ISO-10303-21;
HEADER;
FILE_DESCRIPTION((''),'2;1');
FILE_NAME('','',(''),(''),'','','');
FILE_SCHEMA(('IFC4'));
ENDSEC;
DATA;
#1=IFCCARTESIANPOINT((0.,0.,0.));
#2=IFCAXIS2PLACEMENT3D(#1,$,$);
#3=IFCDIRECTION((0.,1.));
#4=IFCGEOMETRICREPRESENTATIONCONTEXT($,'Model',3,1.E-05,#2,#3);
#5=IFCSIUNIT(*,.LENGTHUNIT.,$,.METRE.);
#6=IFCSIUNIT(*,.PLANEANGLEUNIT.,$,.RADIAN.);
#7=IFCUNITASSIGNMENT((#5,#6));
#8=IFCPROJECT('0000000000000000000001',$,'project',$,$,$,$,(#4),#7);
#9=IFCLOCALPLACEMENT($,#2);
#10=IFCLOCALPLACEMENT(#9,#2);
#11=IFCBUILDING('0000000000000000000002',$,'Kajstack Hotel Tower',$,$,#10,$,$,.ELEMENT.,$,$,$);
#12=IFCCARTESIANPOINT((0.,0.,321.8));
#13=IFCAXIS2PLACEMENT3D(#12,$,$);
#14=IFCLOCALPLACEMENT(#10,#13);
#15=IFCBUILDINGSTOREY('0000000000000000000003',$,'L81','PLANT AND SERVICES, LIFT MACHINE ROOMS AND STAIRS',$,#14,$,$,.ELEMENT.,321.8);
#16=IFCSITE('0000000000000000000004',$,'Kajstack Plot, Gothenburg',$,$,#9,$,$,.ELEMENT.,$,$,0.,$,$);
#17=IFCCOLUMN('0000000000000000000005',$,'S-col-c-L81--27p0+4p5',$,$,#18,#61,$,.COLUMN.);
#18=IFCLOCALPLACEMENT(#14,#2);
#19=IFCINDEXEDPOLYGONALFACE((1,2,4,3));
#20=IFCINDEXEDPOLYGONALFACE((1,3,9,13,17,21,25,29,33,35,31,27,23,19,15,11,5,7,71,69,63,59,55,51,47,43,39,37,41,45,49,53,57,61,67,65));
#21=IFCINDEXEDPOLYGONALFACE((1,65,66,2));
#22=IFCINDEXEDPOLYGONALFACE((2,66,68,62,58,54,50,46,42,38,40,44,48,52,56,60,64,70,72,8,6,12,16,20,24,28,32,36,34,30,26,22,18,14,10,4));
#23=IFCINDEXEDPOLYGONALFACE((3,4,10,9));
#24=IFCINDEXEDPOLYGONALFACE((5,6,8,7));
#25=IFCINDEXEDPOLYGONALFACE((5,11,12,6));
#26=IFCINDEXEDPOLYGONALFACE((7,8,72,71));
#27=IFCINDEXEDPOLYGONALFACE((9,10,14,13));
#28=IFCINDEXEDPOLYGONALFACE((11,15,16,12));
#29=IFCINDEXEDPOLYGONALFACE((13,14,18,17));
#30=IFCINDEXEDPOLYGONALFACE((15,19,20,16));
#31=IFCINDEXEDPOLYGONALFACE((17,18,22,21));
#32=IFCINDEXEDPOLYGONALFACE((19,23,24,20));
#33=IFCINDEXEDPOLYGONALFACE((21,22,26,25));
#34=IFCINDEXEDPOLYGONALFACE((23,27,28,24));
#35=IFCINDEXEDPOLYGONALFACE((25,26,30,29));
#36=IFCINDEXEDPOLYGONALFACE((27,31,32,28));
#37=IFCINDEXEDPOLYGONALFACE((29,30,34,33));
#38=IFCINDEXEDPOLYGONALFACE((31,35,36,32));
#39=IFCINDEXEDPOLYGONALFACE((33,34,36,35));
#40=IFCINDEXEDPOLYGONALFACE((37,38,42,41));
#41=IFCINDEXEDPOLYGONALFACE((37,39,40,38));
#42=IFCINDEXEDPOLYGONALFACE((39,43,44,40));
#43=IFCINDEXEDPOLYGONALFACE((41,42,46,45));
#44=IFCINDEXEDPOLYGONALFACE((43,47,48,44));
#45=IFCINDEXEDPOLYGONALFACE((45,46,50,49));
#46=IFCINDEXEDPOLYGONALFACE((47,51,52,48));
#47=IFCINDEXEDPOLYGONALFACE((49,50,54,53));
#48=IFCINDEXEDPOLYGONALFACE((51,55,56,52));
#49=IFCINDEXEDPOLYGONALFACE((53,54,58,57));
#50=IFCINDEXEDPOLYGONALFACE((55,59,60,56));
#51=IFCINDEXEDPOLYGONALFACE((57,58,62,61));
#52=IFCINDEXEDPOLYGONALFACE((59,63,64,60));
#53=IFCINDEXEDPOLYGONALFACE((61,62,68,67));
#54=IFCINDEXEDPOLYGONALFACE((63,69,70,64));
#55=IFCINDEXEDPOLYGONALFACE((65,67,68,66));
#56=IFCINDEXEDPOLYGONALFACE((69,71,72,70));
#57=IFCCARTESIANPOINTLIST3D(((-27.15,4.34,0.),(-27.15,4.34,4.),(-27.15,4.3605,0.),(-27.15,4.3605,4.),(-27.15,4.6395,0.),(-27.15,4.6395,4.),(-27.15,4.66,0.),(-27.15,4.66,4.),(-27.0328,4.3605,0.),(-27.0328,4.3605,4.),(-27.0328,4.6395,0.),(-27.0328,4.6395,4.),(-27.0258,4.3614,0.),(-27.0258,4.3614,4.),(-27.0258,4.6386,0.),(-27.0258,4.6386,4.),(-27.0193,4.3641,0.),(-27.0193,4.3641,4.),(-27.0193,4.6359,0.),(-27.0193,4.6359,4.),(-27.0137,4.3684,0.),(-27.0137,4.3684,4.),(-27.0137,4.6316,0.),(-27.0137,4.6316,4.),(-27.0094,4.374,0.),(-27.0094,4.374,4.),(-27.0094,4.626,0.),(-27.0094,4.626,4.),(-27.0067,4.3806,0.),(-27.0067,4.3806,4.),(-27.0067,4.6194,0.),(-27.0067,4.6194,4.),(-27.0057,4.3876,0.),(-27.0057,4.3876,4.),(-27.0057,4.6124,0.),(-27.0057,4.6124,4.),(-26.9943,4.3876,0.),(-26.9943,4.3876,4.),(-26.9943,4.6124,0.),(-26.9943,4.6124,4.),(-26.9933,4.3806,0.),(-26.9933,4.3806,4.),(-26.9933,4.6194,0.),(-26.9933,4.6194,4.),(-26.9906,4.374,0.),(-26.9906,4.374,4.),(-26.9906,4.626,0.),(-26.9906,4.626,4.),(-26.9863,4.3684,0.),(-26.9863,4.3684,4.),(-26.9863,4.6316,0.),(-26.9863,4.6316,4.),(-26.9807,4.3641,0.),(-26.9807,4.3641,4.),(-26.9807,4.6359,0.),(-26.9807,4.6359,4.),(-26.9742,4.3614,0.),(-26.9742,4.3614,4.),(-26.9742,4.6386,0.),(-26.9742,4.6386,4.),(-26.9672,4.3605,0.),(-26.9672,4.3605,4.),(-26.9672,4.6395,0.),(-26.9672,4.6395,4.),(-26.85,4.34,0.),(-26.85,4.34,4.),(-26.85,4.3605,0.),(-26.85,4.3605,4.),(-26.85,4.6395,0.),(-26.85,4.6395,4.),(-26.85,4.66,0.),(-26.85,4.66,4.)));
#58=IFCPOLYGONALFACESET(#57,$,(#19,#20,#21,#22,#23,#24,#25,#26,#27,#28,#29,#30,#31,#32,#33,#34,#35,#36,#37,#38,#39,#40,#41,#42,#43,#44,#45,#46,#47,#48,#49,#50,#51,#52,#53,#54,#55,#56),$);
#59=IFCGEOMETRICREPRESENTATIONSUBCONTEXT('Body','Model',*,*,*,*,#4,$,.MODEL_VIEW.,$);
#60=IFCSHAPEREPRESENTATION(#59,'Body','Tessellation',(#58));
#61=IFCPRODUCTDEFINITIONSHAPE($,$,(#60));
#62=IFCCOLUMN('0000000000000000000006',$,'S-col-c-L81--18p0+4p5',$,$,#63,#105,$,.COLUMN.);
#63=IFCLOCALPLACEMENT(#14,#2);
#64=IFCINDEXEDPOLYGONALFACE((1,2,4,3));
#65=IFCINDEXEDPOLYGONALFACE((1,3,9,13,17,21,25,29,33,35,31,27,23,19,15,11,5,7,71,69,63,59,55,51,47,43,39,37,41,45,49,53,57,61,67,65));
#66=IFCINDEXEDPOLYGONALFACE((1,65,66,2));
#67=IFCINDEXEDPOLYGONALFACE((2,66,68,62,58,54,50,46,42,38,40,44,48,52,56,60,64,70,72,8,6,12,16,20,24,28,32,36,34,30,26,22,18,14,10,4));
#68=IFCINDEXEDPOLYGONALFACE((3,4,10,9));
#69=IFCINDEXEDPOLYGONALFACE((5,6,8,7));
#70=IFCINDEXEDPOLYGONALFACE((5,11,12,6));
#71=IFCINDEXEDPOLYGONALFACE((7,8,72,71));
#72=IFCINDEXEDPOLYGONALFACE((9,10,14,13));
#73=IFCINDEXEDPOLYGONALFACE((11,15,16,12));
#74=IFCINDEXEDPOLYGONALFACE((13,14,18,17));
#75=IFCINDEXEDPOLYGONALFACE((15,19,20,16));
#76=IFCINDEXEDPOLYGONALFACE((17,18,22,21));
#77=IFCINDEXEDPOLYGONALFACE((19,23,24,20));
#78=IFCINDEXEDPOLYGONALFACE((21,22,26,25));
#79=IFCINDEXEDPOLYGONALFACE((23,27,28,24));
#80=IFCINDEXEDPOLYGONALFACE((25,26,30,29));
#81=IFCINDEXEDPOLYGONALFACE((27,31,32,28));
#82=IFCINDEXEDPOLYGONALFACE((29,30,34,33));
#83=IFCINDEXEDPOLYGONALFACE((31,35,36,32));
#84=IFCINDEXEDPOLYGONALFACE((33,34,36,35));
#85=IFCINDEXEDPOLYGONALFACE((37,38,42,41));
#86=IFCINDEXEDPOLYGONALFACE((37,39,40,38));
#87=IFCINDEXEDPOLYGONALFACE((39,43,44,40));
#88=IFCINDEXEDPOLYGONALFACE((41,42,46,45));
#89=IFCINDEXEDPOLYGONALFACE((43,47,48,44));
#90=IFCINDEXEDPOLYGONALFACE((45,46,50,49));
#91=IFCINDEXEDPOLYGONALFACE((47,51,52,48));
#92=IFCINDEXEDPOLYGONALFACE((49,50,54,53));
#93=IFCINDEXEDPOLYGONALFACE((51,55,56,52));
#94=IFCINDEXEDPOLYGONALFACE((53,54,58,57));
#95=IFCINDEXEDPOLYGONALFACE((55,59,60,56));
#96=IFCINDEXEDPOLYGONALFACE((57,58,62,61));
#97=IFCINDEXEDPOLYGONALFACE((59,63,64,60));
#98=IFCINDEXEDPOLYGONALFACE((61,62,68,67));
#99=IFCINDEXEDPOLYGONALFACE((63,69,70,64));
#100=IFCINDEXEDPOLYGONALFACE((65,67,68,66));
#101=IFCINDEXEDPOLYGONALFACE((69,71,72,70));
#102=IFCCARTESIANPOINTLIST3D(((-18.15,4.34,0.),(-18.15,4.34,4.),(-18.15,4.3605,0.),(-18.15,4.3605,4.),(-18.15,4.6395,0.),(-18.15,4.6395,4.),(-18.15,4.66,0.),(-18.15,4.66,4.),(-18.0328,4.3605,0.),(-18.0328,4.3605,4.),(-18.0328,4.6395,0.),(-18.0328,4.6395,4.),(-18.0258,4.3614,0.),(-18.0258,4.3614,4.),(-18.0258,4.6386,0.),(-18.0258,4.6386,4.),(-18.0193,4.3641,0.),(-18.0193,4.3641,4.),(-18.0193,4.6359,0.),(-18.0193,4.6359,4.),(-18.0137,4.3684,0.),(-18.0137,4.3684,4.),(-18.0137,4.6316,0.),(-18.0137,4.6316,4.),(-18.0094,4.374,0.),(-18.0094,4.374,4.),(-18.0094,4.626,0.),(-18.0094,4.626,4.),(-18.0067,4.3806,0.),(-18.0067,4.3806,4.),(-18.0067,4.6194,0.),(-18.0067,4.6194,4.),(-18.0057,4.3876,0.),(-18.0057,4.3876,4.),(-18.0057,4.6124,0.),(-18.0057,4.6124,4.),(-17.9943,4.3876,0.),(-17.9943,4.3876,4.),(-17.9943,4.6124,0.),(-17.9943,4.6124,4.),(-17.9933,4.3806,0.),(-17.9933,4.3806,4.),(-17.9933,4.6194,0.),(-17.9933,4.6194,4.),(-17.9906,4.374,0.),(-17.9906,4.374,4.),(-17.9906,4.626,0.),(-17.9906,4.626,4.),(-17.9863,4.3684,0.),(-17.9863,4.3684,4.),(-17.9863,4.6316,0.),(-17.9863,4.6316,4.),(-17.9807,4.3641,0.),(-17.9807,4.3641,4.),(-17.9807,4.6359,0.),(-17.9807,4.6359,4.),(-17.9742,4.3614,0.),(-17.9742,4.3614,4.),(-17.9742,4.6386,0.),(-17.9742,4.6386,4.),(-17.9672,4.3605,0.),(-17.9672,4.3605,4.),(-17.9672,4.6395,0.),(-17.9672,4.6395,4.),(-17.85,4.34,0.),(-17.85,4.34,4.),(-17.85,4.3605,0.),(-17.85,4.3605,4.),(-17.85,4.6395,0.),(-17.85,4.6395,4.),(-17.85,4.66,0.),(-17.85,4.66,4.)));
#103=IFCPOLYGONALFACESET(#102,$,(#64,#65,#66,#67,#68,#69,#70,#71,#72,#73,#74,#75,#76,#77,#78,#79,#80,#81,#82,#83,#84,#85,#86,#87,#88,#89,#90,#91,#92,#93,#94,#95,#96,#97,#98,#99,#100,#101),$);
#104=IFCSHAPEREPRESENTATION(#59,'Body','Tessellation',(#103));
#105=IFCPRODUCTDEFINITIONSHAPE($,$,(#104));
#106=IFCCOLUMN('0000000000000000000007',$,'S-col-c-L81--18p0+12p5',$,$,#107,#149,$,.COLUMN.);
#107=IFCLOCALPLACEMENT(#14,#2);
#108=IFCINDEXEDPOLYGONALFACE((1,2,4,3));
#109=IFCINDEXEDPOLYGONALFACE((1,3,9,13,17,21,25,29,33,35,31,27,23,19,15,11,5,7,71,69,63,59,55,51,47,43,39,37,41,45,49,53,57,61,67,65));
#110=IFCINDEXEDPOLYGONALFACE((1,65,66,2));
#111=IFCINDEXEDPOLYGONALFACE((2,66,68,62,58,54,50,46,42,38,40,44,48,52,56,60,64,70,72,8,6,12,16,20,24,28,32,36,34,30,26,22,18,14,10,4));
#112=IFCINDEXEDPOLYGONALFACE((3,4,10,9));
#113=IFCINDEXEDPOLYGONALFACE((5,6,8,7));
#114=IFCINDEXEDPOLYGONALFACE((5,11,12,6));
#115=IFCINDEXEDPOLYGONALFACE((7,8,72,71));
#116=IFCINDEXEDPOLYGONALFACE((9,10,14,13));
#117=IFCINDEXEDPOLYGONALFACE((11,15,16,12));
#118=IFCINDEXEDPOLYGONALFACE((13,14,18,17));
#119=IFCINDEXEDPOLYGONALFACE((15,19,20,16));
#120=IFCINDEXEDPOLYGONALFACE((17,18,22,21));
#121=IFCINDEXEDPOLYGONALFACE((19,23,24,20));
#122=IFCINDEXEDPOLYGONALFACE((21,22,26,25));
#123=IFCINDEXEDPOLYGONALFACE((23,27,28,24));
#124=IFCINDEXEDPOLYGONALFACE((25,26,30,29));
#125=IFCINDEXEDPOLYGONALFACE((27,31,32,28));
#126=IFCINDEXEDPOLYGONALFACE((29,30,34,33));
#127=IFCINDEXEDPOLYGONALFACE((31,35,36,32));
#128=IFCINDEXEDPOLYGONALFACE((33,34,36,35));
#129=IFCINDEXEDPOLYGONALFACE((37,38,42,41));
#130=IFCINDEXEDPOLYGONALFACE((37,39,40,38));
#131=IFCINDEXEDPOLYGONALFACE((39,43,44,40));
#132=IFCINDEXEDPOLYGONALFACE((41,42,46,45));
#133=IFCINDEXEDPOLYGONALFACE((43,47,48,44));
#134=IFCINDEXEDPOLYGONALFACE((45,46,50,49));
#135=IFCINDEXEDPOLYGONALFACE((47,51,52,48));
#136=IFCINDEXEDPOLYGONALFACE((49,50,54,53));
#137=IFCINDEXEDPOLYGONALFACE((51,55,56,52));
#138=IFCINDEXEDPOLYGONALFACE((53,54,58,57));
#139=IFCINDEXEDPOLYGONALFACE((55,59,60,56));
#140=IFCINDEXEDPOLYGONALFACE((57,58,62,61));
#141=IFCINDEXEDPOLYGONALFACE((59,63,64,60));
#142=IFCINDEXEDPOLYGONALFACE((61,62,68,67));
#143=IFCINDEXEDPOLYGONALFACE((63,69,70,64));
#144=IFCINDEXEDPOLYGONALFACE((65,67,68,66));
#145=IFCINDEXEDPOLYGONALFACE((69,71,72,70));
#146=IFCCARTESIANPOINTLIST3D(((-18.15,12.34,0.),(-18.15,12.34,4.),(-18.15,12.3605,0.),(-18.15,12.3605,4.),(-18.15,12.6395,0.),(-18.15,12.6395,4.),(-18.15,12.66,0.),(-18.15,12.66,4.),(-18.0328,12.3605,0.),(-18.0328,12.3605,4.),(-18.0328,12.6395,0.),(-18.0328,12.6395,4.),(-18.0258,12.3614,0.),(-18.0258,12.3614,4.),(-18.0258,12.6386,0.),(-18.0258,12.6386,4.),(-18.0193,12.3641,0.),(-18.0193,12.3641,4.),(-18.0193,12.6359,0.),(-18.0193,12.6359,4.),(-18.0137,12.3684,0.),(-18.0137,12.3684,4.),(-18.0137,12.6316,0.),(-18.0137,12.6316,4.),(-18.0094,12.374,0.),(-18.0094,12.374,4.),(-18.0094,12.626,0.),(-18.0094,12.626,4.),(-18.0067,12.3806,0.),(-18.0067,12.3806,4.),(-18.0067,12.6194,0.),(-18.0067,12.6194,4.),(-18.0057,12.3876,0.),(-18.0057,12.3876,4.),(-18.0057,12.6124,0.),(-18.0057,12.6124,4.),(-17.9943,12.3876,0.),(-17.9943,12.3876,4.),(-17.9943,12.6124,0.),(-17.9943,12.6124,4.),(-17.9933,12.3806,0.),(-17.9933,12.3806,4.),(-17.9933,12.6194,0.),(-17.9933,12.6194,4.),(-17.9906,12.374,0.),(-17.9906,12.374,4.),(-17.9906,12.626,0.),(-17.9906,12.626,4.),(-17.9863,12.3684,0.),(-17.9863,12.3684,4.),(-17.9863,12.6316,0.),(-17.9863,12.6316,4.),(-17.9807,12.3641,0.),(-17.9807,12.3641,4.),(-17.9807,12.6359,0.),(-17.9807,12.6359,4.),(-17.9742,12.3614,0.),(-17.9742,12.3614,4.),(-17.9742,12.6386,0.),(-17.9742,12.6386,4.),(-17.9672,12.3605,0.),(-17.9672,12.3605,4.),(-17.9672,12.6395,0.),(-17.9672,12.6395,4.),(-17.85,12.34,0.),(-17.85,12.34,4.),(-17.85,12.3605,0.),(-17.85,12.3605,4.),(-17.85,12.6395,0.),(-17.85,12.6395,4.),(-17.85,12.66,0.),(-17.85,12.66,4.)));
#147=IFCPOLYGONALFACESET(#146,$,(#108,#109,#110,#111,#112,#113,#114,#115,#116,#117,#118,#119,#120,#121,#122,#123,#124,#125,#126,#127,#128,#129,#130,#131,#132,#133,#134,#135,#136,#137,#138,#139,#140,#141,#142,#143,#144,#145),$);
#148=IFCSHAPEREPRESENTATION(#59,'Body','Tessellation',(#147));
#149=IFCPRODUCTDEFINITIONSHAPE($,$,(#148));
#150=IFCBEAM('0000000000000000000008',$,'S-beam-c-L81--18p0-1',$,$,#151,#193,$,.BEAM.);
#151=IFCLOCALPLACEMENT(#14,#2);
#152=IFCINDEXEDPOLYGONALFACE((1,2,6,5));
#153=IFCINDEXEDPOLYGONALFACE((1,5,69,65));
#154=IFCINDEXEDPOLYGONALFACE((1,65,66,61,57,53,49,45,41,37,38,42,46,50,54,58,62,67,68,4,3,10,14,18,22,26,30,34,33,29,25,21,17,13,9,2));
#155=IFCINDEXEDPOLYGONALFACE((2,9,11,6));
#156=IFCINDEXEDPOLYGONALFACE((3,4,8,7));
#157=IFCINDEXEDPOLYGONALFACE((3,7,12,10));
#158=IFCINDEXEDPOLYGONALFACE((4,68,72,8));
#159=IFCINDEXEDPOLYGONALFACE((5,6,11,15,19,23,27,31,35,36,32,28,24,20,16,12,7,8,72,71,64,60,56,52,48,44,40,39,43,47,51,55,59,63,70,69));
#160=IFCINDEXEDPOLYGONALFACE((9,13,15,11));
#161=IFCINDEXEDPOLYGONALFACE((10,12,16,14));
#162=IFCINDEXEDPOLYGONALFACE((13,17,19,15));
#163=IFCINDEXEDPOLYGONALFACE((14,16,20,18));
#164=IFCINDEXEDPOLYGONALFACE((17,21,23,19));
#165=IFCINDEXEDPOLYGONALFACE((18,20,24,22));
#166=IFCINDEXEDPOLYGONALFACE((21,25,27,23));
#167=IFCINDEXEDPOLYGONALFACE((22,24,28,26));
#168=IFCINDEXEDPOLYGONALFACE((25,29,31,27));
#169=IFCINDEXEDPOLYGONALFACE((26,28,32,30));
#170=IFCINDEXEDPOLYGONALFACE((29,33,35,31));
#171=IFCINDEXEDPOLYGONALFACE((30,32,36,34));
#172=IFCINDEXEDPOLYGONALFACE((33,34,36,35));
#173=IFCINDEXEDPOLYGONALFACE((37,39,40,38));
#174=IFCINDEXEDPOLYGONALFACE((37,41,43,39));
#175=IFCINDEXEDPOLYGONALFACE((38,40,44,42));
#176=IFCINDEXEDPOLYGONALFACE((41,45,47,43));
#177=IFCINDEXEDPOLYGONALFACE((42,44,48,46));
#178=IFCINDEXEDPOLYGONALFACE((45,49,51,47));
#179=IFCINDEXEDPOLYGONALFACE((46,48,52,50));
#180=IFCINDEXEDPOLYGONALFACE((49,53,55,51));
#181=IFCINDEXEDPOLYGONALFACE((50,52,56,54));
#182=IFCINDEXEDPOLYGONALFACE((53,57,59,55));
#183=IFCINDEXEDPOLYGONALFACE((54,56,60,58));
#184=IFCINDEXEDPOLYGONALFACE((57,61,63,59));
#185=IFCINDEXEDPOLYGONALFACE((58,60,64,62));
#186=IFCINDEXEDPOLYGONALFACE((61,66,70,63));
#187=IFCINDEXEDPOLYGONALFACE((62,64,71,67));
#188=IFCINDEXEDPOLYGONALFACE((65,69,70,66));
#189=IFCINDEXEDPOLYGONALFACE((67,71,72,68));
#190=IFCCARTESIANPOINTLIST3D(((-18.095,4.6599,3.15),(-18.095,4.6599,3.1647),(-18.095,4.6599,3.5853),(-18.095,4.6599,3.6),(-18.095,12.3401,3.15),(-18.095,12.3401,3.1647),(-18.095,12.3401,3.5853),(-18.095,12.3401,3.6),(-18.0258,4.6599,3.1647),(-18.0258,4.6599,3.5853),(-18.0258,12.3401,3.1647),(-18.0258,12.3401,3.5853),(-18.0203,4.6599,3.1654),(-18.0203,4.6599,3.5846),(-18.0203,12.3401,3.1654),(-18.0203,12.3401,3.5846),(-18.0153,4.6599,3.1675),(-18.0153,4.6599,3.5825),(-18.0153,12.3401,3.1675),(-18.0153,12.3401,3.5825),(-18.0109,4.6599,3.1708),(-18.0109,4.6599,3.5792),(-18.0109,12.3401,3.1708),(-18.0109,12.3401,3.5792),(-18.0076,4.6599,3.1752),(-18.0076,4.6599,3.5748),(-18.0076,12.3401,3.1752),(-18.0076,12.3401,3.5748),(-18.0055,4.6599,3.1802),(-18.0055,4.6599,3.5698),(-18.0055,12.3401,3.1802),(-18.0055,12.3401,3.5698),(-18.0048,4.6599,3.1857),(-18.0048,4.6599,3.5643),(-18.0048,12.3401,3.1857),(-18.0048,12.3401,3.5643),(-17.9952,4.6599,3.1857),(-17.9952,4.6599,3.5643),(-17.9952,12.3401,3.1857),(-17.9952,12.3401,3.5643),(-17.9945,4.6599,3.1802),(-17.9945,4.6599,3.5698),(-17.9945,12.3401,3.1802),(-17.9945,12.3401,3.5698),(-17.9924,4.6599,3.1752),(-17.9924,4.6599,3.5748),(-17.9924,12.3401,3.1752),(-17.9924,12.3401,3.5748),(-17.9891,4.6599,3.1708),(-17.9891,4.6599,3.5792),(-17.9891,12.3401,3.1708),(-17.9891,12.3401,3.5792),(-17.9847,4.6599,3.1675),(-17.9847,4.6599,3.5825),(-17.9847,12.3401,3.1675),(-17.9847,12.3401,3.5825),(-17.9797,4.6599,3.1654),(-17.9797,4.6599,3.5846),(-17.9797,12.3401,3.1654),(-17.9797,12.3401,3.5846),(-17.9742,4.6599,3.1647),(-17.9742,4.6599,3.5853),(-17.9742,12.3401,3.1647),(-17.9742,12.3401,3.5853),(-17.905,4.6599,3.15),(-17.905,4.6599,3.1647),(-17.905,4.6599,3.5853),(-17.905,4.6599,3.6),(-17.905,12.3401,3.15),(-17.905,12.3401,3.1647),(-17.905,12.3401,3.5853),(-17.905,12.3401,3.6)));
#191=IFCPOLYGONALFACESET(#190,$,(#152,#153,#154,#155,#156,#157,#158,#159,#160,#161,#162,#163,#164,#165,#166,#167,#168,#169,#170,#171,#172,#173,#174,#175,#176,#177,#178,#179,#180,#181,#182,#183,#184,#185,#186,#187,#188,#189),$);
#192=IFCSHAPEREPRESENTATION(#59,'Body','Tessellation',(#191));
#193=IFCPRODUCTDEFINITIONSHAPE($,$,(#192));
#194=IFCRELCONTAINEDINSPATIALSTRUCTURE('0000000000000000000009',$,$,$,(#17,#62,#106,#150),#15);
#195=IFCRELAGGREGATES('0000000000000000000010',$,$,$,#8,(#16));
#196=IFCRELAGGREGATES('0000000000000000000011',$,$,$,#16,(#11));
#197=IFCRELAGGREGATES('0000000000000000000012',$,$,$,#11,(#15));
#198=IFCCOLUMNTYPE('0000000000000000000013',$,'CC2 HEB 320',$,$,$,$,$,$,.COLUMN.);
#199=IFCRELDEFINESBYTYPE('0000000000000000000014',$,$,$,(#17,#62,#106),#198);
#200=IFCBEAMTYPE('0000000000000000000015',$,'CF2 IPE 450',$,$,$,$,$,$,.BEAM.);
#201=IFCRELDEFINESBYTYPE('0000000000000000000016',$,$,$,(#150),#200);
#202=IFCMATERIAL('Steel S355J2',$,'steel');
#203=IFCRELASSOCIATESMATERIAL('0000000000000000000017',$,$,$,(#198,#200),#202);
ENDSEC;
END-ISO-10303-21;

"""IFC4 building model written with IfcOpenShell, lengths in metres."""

from ifc_helpers import new_model, si_unit, direction, frame, origin, origin_2d, place, context, subcontext, project, spatial, i_section, extrude, material, material_profile, profile_set, type_object, element, save


model = new_model("IFC4")

# Units and contexts
model_context = context("Model", 3, precision=1e-05, world=origin(), true_north=direction((0.0, 1.0)))
body_context = subcontext(model_context, "Body", "Model", "MODEL_VIEW")
ifc_project = project(units=[si_unit("LENGTHUNIT", "METRE"), si_unit("PLANEANGLEUNIT", "RADIAN")], contexts=[model_context])

# Site, building, storey
site_placement = place(None, origin())
site = spatial("IfcSite", under=ifc_project, at=site_placement, Name="Kajstack Plot, Gothenburg", CompositionType="ELEMENT", RefElevation=0.0)
building_placement = place(site_placement, origin())
building = spatial("IfcBuilding", under=site, at=building_placement, Name="Kajstack Hotel Tower", CompositionType="ELEMENT")
storey_placement = place(building_placement, frame((0.0, 0.0, 321.8)))
storey = spatial("IfcBuildingStorey", under=building, at=storey_placement, Name="L81", Description="PLANT AND SERVICES, LIFT MACHINE ROOMS AND STAIRS", CompositionType="ELEMENT", Elevation=321.8)

# Columns
ifc_material_1 = material(Name="Steel S355J2", Category="steel")
ifc_material_profile_1 = material_profile(ifc_material_1, i_section(OverallWidth=0.3, OverallDepth=0.3201, WebThickness=0.0115, FlangeThickness=0.0205, FilletRadius=0.0271, at=origin_2d()), Name="HEB 320")
ifc_profile_set_1 = profile_set([ifc_material_profile_1], Name="Steel S355J2")
column_type = type_object("IfcColumnType", Name="CC2 HEB 320", PredefinedType="COLUMN", material=ifc_profile_set_1)
for number, where, z_axis, x_axis, name in (
    (1, (-27.0, 4.5, 0.0), (0.0, 0.0, 1.0), (1.0, 0.0, 0.0), "S-col-c-L81--27p0+4p5"),
    (2, (-18.0, 4.5, 0.0), (0.0, 0.0, 1.0), (1.0, 0.0, 0.0), "S-col-c-L81--18p0+4p5"),
    (3, (-18.0, 12.5, 0.0), (0.0, 0.0, 1.0), (1.0, 0.0, 0.0), "S-col-c-L81--18p0+12p5"),
):
    element("IfcColumn", number, at=place(storey_placement, frame(where, z_axis=z_axis, x_axis=x_axis)), inside=storey, type_object=column_type, Name=name, PredefinedType="COLUMN", context=body_context, shape_type="SweptSolid", body=[
        extrude(i_section(OverallWidth=0.3, OverallDepth=0.3201, WebThickness=0.0115, FlangeThickness=0.0205, FilletRadius=0.0271, at=origin_2d()), origin(), (0.0, 0.0, 1.0), 4.0),
    ])

# Beam
ifc_material_profile_2 = material_profile(ifc_material_1, i_section(OverallWidth=0.1899, OverallDepth=0.45, WebThickness=0.0095, FlangeThickness=0.0146, FilletRadius=0.021, at=origin_2d()), Name="IPE 450")
ifc_profile_set_2 = profile_set([ifc_material_profile_2], Name="Steel S355J2")
beam_type = type_object("IfcBeamType", Name="CF2 IPE 450", PredefinedType="BEAM", material=ifc_profile_set_2)
beam_placement = place(storey_placement, frame((-18.0, 4.6599, 3.375), z_axis=(0.0, 1.0, 0.0), x_axis=(-1.0, 0.0, 0.0)))
element("IfcBeam", 4, at=beam_placement, inside=storey, type_object=beam_type, Name="S-beam-c-L81--18p0-1", PredefinedType="BEAM", context=body_context, shape_type="SweptSolid", body=[
    extrude(i_section(OverallWidth=0.1899, OverallDepth=0.45, WebThickness=0.0095, FlangeThickness=0.0146, FilletRadius=0.021, at=origin_2d()), origin(), (0.0, 0.0, 1.0), 7.6802),
])

save(model, "model.ifc")
